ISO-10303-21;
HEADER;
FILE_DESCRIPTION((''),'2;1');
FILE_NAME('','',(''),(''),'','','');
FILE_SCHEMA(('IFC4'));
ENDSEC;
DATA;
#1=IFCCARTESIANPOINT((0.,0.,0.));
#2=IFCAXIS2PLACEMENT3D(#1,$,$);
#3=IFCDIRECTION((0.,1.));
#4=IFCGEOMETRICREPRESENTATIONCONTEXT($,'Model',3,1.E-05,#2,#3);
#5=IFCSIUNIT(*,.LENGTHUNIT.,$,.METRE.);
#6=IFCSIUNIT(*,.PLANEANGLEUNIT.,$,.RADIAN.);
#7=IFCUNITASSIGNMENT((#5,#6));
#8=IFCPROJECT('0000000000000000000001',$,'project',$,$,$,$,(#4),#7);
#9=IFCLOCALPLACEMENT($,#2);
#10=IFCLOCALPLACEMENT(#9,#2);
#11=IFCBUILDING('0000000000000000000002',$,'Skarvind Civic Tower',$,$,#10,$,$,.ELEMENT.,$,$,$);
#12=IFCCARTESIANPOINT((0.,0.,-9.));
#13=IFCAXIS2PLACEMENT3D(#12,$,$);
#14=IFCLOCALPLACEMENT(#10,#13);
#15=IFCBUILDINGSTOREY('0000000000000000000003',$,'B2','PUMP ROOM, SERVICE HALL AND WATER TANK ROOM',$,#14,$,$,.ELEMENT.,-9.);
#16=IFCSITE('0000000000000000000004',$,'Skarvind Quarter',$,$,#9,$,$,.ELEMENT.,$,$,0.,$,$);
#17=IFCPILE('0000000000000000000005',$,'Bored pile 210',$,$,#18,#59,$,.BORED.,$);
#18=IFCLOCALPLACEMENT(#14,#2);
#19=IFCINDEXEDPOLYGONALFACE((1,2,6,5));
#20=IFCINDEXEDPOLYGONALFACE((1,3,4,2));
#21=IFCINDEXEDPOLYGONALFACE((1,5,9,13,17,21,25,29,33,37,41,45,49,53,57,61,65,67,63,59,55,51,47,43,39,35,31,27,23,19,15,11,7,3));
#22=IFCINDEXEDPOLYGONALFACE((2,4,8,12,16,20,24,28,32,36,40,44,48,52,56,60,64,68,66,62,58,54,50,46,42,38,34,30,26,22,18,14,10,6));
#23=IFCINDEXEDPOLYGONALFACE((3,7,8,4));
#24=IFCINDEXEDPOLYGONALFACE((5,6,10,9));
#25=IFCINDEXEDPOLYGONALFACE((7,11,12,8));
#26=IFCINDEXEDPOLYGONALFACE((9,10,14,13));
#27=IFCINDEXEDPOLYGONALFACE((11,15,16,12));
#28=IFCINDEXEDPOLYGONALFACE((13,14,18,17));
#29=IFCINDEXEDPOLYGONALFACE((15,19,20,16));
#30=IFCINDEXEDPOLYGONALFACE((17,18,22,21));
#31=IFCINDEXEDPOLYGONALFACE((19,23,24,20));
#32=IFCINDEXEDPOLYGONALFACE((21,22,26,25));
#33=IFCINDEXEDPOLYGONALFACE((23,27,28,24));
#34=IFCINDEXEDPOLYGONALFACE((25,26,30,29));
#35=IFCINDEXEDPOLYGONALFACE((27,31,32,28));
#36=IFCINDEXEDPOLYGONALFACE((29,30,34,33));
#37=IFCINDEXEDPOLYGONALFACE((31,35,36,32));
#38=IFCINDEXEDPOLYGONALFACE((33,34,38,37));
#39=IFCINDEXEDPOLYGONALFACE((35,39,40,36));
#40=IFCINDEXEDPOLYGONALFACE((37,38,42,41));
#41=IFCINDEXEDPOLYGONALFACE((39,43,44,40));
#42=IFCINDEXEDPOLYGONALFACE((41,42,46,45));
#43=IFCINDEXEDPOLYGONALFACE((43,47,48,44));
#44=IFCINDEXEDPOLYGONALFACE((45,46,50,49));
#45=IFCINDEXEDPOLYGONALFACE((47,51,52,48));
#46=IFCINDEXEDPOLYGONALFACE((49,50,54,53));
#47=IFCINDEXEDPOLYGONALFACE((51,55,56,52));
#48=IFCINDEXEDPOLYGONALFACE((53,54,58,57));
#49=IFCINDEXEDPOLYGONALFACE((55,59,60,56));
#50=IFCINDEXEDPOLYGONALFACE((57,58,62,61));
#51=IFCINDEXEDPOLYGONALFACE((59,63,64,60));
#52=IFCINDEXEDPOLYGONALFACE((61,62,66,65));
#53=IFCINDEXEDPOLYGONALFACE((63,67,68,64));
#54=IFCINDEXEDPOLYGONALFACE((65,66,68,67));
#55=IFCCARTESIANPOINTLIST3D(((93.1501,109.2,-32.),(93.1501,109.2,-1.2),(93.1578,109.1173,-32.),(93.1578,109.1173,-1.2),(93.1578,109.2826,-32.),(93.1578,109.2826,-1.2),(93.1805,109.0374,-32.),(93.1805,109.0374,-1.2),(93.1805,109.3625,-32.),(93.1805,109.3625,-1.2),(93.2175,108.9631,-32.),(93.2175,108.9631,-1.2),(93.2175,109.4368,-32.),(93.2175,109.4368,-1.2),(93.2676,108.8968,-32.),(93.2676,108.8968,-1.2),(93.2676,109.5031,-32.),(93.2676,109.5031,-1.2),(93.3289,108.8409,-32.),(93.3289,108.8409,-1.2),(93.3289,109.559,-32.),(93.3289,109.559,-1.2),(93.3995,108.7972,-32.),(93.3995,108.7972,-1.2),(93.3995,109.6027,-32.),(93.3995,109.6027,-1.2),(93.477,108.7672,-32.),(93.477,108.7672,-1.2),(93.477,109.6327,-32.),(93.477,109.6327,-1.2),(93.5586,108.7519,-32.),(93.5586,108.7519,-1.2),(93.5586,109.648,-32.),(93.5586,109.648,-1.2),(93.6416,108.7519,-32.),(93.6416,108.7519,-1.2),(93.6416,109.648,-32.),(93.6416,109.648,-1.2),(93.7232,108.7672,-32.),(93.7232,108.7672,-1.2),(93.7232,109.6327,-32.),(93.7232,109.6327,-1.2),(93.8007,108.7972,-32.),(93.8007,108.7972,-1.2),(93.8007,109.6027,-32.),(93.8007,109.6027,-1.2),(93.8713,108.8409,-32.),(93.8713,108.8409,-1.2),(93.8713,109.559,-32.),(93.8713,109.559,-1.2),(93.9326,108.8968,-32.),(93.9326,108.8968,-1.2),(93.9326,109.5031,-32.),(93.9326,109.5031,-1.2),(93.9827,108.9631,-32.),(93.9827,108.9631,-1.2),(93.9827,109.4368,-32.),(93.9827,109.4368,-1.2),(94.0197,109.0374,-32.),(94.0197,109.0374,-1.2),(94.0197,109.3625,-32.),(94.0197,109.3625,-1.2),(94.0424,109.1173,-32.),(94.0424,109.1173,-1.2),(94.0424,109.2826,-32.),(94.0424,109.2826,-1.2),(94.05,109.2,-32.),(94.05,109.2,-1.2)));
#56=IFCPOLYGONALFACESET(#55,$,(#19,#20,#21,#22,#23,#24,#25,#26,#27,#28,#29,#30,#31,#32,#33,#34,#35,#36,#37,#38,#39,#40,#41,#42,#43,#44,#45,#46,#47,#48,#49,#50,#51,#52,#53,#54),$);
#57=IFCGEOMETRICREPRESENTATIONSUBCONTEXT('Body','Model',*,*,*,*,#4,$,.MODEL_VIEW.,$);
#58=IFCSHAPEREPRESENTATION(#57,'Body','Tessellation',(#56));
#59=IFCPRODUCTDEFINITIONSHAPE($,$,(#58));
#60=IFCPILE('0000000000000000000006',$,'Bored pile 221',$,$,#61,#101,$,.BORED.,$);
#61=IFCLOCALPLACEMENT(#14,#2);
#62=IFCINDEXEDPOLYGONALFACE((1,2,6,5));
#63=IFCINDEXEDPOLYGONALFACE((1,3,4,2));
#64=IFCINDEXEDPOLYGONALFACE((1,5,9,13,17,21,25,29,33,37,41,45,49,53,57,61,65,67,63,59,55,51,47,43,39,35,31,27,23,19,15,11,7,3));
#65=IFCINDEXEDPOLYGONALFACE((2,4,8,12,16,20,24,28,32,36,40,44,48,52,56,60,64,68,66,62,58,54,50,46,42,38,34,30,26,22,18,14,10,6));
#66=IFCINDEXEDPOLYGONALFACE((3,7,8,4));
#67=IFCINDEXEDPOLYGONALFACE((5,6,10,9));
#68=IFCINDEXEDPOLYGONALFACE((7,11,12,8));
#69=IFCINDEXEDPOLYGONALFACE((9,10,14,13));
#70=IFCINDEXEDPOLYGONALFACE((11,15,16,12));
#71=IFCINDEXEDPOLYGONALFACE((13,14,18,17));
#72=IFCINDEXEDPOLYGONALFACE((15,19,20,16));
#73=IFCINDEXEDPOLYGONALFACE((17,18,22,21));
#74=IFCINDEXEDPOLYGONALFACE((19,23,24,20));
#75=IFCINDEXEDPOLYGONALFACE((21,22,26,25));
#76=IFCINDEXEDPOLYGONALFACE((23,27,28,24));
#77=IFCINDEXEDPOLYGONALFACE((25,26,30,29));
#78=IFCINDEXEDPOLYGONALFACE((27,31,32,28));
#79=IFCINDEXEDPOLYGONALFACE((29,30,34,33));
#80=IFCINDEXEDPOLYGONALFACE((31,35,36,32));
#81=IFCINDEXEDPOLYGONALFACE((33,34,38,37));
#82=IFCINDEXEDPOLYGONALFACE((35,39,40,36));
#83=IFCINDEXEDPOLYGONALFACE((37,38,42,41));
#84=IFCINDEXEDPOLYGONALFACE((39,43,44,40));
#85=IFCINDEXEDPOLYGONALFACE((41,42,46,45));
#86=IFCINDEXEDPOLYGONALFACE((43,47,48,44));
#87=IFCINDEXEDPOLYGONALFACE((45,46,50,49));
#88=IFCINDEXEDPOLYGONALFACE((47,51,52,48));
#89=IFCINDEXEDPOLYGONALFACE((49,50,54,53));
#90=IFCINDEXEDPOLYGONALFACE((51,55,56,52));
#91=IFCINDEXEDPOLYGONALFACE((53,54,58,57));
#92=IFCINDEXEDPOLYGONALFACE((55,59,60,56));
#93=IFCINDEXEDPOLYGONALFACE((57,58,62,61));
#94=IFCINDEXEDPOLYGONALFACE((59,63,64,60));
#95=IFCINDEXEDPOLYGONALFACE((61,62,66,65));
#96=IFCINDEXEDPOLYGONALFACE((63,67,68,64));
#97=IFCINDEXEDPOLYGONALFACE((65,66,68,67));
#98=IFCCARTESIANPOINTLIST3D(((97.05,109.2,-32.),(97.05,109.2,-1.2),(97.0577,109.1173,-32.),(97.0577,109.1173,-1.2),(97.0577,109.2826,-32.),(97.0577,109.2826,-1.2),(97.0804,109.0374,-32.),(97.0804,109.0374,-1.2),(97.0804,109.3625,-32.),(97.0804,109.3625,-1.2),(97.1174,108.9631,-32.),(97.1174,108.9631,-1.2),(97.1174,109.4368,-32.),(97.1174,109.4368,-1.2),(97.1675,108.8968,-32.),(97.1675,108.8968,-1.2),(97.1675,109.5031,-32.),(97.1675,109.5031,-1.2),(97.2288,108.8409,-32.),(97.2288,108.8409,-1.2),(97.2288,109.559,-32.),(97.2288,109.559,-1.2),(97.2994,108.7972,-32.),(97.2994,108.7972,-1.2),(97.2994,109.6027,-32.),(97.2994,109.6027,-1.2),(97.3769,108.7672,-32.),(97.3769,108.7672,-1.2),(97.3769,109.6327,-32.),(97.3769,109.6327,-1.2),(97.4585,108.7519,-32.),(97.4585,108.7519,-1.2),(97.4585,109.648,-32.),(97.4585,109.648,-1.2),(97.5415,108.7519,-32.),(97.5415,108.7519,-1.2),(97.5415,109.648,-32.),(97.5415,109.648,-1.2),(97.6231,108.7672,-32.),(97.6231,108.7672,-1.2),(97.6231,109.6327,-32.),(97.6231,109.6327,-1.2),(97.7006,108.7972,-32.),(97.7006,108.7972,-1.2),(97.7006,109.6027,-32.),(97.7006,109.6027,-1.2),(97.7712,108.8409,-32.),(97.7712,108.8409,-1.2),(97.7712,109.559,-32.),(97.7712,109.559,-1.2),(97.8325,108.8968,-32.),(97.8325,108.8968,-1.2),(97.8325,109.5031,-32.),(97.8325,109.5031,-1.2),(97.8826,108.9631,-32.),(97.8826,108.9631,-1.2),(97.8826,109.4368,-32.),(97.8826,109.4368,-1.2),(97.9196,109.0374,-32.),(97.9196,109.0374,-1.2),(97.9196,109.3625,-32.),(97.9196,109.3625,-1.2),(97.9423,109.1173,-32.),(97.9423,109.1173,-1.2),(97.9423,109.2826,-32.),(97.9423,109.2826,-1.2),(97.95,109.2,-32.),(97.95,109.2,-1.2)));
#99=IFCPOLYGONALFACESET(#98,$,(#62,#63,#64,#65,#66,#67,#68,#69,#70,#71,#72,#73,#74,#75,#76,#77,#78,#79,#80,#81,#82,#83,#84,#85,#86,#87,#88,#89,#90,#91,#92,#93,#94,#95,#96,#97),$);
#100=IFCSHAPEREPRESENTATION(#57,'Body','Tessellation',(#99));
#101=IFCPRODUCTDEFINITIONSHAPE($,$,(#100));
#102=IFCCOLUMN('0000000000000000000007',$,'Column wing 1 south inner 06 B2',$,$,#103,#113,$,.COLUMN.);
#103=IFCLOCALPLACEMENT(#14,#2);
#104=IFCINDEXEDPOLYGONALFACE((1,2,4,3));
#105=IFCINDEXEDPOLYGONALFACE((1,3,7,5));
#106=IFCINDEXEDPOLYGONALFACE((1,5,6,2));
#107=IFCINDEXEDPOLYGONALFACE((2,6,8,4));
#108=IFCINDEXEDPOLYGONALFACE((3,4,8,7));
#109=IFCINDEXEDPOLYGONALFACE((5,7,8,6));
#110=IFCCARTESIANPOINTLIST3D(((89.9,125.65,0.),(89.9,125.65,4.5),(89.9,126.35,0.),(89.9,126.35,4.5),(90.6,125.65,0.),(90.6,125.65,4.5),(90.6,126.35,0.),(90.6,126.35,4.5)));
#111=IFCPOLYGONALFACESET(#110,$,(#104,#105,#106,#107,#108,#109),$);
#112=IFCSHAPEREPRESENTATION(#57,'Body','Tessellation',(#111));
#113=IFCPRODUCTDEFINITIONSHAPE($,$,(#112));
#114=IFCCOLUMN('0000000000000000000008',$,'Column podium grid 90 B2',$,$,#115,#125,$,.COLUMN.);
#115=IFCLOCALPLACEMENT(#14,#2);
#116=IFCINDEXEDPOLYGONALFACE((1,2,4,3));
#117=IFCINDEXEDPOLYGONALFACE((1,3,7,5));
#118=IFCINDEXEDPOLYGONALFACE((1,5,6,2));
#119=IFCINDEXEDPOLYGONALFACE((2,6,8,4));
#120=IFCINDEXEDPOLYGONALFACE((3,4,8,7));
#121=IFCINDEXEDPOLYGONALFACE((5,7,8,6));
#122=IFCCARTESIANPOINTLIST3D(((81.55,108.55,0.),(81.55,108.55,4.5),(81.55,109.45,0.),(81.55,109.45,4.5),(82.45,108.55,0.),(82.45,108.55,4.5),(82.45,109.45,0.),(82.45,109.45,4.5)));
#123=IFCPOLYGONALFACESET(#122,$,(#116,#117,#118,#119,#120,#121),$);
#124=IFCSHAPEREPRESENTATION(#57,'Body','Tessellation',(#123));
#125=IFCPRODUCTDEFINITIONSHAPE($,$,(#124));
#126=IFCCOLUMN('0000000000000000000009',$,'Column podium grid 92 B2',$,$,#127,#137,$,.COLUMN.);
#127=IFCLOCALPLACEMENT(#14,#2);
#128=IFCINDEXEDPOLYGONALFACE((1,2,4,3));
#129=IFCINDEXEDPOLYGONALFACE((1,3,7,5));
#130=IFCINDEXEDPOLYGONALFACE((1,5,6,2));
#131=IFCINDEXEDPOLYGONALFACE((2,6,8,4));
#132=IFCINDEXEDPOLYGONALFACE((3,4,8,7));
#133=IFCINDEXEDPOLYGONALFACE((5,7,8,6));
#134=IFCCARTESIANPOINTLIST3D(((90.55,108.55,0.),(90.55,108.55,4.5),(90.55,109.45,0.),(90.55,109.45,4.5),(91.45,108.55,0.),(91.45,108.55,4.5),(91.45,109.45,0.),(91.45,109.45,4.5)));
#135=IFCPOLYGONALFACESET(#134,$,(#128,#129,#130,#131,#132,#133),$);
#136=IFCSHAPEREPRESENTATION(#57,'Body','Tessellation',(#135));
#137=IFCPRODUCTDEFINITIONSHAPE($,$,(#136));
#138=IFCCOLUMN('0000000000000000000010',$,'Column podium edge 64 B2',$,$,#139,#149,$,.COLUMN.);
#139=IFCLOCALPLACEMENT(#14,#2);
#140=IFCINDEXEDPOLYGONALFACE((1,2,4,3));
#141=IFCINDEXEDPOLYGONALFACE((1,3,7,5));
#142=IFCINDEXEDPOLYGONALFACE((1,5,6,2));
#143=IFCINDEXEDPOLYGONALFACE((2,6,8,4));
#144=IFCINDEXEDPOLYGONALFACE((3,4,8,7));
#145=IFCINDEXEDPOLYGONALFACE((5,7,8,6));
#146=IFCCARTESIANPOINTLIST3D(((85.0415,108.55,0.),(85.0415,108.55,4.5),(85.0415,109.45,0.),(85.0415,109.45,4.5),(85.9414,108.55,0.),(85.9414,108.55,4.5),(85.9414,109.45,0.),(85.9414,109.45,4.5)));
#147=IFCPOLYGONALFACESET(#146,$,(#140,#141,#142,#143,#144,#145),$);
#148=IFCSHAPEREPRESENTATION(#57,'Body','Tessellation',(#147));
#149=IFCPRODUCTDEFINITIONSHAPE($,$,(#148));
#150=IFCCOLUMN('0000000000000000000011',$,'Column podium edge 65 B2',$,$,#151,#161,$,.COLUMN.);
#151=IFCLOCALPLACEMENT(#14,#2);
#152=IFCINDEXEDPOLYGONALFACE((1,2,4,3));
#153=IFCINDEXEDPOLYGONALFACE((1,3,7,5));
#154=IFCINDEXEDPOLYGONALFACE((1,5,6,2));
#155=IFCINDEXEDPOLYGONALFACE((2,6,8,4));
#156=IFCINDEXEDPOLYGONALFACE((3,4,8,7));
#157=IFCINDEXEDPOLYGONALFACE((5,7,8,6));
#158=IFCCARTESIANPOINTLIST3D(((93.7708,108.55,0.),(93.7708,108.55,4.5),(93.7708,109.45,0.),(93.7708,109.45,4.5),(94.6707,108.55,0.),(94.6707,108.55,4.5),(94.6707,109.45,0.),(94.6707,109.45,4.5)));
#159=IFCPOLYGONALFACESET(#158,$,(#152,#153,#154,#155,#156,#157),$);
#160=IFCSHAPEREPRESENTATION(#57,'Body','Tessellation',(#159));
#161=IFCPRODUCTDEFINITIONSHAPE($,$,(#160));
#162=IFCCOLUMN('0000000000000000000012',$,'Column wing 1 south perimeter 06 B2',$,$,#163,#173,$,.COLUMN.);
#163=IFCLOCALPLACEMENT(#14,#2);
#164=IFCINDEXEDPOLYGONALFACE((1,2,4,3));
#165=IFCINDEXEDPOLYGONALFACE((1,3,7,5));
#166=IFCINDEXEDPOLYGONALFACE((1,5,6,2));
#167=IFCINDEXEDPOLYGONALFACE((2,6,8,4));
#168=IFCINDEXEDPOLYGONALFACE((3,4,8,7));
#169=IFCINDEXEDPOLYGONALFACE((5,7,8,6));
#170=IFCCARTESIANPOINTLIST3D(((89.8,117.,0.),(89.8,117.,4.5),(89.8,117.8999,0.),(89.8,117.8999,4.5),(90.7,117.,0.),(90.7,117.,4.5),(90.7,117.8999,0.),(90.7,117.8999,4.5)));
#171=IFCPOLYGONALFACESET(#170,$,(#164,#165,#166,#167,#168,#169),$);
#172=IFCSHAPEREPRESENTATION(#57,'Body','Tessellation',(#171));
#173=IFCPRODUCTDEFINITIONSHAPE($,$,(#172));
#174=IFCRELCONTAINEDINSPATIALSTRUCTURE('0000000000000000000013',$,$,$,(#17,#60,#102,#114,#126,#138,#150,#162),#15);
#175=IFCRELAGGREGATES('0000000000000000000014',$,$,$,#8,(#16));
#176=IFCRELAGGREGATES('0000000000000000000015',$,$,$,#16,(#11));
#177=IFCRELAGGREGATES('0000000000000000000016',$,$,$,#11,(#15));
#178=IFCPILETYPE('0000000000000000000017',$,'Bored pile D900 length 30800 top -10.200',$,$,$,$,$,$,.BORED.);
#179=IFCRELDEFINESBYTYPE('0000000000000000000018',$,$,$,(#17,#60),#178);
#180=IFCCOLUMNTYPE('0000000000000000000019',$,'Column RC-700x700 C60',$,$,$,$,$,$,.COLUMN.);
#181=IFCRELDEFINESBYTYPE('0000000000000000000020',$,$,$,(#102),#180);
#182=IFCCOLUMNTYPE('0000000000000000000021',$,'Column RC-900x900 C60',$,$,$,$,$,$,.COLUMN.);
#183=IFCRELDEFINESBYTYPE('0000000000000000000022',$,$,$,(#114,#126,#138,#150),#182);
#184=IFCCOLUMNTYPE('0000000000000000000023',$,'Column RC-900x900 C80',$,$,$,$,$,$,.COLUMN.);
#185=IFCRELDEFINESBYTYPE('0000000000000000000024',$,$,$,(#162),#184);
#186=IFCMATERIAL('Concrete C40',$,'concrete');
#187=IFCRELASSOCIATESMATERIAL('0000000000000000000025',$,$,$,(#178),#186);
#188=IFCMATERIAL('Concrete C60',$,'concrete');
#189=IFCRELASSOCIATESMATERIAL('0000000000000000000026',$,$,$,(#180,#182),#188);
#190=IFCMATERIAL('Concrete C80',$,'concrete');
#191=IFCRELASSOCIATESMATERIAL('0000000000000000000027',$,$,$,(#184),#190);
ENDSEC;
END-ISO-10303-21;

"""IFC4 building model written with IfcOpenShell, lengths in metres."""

from ifc_helpers import new_model, si_unit, direction, frame, origin, origin_2d, place, context, subcontext, project, spatial, rectangle, circle, extrude, material, material_profile, profile_set, type_object, element, save


model = new_model("IFC4")

# Units and contexts
model_context = context("Model", 3, precision=1e-05, world=origin(), true_north=direction((0.0, 1.0)))
body_context = subcontext(model_context, "Body", "Model", "MODEL_VIEW")
ifc_project = project(units=[si_unit("LENGTHUNIT", "METRE"), si_unit("PLANEANGLEUNIT", "RADIAN")], contexts=[model_context])

# Site, building, storey
site_placement = place(None, origin())
site = spatial("IfcSite", under=ifc_project, at=site_placement, Name="Skarvind Quarter", CompositionType="ELEMENT", RefElevation=0.0)
building_placement = place(site_placement, origin())
building = spatial("IfcBuilding", under=site, at=building_placement, Name="Skarvind Civic Tower", CompositionType="ELEMENT")
storey_placement = place(building_placement, frame((0.0, 0.0, -9.0)))
storey = spatial("IfcBuildingStorey", under=building, at=storey_placement, Name="B2", Description="PUMP ROOM, SERVICE HALL AND WATER TANK ROOM", CompositionType="ELEMENT", Elevation=-9.0)

# Piles
ifc_material_1 = material(Name="Concrete C40", Category="concrete")
pile_type_1 = type_object("IfcPileType", Name="Bored pile D900 length 30800 top -10.200", PredefinedType="BORED", material=ifc_material_1)
for number, where, z_axis, x_axis, name in (
    (1, (93.6001, 109.2, -1.2), (0.0, 0.0, -1.0), (1.0, 0.0, 0.0), "Bored pile 210"),
    (2, (97.5, 109.2, -1.2), (0.0, 0.0, -1.0), (1.0, 0.0, 0.0), "Bored pile 221"),
):
    element("IfcPile", number, at=place(storey_placement, frame(where, z_axis=z_axis, x_axis=x_axis)), inside=storey, type_object=pile_type_1, Name=name, PredefinedType="BORED", context=body_context, shape_type="SweptSolid", body=[
        extrude(circle(Radius=0.45, at=origin_2d()), origin(), (0.0, 0.0, 1.0), 30.8),
    ])

# Columns
ifc_material_2 = material(Name="Concrete C60", Category="concrete")
ifc_material_profile_1 = material_profile(ifc_material_2, rectangle(XDim=0.7, YDim=0.7, at=origin_2d()), Name="RC-700x700")
ifc_profile_set_1 = profile_set([ifc_material_profile_1], Name="Concrete C60")
column_type_1 = type_object("IfcColumnType", Name="Column RC-700x700 C60", PredefinedType="COLUMN", material=ifc_profile_set_1)
column_1_placement = place(storey_placement, frame((90.25, 126.0, 0.0), z_axis=(0.0, 0.0, 1.0), x_axis=(1.0, 0.0, 0.0)))
element("IfcColumn", 3, at=column_1_placement, inside=storey, type_object=column_type_1, Name="Column wing 1 south inner 06 B2", PredefinedType="COLUMN", context=body_context, shape_type="SweptSolid", body=[
    extrude(rectangle(XDim=0.7, YDim=0.7, at=origin_2d()), origin(), (0.0, 0.0, 1.0), 4.5),
])
ifc_material_profile_2 = material_profile(ifc_material_2, rectangle(XDim=0.8999, YDim=0.8999, at=origin_2d()), Name="RC-900x900")
ifc_profile_set_2 = profile_set([ifc_material_profile_2], Name="Concrete C60")
column_type_2 = type_object("IfcColumnType", Name="Column RC-900x900 C60", PredefinedType="COLUMN", material=ifc_profile_set_2)
for number, where, z_axis, x_axis, name in (
    (4, (82.0, 109.0, 0.0), (0.0, 0.0, 1.0), (1.0, 0.0, 0.0), "Column podium grid 90 B2"),
    (5, (91.0, 109.0, 0.0), (0.0, 0.0, 1.0), (1.0, 0.0, 0.0), "Column podium grid 92 B2"),
    (6, (85.4915, 109.0, 0.0), (0.0, 0.0, 1.0), (1.0, 0.0, 0.0), "Column podium edge 64 B2"),
    (7, (94.2207, 109.0, 0.0), (0.0, 0.0, 1.0), (1.0, 0.0, 0.0), "Column podium edge 65 B2"),
):
    element("IfcColumn", number, at=place(storey_placement, frame(where, z_axis=z_axis, x_axis=x_axis)), inside=storey, type_object=column_type_2, Name=name, PredefinedType="COLUMN", context=body_context, shape_type="SweptSolid", body=[
        extrude(rectangle(XDim=0.8999, YDim=0.8999, at=origin_2d()), origin(), (0.0, 0.0, 1.0), 4.5),
    ])
ifc_material_3 = material(Name="Concrete C80", Category="concrete")
ifc_material_profile_3 = material_profile(ifc_material_3, rectangle(XDim=0.8999, YDim=0.8999, at=origin_2d()), Name="RC-900x900")
ifc_profile_set_3 = profile_set([ifc_material_profile_3], Name="Concrete C80")
column_type_3 = type_object("IfcColumnType", Name="Column RC-900x900 C80", PredefinedType="COLUMN", material=ifc_profile_set_3)
column_2_placement = place(storey_placement, frame((90.25, 117.45, 0.0), z_axis=(0.0, 0.0, 1.0), x_axis=(1.0, 0.0, 0.0)))
element("IfcColumn", 8, at=column_2_placement, inside=storey, type_object=column_type_3, Name="Column wing 1 south perimeter 06 B2", PredefinedType="COLUMN", context=body_context, shape_type="SweptSolid", body=[
    extrude(rectangle(XDim=0.8999, YDim=0.8999, at=origin_2d()), origin(), (0.0, 0.0, 1.0), 4.5),
])

save(model, "model.ifc")
